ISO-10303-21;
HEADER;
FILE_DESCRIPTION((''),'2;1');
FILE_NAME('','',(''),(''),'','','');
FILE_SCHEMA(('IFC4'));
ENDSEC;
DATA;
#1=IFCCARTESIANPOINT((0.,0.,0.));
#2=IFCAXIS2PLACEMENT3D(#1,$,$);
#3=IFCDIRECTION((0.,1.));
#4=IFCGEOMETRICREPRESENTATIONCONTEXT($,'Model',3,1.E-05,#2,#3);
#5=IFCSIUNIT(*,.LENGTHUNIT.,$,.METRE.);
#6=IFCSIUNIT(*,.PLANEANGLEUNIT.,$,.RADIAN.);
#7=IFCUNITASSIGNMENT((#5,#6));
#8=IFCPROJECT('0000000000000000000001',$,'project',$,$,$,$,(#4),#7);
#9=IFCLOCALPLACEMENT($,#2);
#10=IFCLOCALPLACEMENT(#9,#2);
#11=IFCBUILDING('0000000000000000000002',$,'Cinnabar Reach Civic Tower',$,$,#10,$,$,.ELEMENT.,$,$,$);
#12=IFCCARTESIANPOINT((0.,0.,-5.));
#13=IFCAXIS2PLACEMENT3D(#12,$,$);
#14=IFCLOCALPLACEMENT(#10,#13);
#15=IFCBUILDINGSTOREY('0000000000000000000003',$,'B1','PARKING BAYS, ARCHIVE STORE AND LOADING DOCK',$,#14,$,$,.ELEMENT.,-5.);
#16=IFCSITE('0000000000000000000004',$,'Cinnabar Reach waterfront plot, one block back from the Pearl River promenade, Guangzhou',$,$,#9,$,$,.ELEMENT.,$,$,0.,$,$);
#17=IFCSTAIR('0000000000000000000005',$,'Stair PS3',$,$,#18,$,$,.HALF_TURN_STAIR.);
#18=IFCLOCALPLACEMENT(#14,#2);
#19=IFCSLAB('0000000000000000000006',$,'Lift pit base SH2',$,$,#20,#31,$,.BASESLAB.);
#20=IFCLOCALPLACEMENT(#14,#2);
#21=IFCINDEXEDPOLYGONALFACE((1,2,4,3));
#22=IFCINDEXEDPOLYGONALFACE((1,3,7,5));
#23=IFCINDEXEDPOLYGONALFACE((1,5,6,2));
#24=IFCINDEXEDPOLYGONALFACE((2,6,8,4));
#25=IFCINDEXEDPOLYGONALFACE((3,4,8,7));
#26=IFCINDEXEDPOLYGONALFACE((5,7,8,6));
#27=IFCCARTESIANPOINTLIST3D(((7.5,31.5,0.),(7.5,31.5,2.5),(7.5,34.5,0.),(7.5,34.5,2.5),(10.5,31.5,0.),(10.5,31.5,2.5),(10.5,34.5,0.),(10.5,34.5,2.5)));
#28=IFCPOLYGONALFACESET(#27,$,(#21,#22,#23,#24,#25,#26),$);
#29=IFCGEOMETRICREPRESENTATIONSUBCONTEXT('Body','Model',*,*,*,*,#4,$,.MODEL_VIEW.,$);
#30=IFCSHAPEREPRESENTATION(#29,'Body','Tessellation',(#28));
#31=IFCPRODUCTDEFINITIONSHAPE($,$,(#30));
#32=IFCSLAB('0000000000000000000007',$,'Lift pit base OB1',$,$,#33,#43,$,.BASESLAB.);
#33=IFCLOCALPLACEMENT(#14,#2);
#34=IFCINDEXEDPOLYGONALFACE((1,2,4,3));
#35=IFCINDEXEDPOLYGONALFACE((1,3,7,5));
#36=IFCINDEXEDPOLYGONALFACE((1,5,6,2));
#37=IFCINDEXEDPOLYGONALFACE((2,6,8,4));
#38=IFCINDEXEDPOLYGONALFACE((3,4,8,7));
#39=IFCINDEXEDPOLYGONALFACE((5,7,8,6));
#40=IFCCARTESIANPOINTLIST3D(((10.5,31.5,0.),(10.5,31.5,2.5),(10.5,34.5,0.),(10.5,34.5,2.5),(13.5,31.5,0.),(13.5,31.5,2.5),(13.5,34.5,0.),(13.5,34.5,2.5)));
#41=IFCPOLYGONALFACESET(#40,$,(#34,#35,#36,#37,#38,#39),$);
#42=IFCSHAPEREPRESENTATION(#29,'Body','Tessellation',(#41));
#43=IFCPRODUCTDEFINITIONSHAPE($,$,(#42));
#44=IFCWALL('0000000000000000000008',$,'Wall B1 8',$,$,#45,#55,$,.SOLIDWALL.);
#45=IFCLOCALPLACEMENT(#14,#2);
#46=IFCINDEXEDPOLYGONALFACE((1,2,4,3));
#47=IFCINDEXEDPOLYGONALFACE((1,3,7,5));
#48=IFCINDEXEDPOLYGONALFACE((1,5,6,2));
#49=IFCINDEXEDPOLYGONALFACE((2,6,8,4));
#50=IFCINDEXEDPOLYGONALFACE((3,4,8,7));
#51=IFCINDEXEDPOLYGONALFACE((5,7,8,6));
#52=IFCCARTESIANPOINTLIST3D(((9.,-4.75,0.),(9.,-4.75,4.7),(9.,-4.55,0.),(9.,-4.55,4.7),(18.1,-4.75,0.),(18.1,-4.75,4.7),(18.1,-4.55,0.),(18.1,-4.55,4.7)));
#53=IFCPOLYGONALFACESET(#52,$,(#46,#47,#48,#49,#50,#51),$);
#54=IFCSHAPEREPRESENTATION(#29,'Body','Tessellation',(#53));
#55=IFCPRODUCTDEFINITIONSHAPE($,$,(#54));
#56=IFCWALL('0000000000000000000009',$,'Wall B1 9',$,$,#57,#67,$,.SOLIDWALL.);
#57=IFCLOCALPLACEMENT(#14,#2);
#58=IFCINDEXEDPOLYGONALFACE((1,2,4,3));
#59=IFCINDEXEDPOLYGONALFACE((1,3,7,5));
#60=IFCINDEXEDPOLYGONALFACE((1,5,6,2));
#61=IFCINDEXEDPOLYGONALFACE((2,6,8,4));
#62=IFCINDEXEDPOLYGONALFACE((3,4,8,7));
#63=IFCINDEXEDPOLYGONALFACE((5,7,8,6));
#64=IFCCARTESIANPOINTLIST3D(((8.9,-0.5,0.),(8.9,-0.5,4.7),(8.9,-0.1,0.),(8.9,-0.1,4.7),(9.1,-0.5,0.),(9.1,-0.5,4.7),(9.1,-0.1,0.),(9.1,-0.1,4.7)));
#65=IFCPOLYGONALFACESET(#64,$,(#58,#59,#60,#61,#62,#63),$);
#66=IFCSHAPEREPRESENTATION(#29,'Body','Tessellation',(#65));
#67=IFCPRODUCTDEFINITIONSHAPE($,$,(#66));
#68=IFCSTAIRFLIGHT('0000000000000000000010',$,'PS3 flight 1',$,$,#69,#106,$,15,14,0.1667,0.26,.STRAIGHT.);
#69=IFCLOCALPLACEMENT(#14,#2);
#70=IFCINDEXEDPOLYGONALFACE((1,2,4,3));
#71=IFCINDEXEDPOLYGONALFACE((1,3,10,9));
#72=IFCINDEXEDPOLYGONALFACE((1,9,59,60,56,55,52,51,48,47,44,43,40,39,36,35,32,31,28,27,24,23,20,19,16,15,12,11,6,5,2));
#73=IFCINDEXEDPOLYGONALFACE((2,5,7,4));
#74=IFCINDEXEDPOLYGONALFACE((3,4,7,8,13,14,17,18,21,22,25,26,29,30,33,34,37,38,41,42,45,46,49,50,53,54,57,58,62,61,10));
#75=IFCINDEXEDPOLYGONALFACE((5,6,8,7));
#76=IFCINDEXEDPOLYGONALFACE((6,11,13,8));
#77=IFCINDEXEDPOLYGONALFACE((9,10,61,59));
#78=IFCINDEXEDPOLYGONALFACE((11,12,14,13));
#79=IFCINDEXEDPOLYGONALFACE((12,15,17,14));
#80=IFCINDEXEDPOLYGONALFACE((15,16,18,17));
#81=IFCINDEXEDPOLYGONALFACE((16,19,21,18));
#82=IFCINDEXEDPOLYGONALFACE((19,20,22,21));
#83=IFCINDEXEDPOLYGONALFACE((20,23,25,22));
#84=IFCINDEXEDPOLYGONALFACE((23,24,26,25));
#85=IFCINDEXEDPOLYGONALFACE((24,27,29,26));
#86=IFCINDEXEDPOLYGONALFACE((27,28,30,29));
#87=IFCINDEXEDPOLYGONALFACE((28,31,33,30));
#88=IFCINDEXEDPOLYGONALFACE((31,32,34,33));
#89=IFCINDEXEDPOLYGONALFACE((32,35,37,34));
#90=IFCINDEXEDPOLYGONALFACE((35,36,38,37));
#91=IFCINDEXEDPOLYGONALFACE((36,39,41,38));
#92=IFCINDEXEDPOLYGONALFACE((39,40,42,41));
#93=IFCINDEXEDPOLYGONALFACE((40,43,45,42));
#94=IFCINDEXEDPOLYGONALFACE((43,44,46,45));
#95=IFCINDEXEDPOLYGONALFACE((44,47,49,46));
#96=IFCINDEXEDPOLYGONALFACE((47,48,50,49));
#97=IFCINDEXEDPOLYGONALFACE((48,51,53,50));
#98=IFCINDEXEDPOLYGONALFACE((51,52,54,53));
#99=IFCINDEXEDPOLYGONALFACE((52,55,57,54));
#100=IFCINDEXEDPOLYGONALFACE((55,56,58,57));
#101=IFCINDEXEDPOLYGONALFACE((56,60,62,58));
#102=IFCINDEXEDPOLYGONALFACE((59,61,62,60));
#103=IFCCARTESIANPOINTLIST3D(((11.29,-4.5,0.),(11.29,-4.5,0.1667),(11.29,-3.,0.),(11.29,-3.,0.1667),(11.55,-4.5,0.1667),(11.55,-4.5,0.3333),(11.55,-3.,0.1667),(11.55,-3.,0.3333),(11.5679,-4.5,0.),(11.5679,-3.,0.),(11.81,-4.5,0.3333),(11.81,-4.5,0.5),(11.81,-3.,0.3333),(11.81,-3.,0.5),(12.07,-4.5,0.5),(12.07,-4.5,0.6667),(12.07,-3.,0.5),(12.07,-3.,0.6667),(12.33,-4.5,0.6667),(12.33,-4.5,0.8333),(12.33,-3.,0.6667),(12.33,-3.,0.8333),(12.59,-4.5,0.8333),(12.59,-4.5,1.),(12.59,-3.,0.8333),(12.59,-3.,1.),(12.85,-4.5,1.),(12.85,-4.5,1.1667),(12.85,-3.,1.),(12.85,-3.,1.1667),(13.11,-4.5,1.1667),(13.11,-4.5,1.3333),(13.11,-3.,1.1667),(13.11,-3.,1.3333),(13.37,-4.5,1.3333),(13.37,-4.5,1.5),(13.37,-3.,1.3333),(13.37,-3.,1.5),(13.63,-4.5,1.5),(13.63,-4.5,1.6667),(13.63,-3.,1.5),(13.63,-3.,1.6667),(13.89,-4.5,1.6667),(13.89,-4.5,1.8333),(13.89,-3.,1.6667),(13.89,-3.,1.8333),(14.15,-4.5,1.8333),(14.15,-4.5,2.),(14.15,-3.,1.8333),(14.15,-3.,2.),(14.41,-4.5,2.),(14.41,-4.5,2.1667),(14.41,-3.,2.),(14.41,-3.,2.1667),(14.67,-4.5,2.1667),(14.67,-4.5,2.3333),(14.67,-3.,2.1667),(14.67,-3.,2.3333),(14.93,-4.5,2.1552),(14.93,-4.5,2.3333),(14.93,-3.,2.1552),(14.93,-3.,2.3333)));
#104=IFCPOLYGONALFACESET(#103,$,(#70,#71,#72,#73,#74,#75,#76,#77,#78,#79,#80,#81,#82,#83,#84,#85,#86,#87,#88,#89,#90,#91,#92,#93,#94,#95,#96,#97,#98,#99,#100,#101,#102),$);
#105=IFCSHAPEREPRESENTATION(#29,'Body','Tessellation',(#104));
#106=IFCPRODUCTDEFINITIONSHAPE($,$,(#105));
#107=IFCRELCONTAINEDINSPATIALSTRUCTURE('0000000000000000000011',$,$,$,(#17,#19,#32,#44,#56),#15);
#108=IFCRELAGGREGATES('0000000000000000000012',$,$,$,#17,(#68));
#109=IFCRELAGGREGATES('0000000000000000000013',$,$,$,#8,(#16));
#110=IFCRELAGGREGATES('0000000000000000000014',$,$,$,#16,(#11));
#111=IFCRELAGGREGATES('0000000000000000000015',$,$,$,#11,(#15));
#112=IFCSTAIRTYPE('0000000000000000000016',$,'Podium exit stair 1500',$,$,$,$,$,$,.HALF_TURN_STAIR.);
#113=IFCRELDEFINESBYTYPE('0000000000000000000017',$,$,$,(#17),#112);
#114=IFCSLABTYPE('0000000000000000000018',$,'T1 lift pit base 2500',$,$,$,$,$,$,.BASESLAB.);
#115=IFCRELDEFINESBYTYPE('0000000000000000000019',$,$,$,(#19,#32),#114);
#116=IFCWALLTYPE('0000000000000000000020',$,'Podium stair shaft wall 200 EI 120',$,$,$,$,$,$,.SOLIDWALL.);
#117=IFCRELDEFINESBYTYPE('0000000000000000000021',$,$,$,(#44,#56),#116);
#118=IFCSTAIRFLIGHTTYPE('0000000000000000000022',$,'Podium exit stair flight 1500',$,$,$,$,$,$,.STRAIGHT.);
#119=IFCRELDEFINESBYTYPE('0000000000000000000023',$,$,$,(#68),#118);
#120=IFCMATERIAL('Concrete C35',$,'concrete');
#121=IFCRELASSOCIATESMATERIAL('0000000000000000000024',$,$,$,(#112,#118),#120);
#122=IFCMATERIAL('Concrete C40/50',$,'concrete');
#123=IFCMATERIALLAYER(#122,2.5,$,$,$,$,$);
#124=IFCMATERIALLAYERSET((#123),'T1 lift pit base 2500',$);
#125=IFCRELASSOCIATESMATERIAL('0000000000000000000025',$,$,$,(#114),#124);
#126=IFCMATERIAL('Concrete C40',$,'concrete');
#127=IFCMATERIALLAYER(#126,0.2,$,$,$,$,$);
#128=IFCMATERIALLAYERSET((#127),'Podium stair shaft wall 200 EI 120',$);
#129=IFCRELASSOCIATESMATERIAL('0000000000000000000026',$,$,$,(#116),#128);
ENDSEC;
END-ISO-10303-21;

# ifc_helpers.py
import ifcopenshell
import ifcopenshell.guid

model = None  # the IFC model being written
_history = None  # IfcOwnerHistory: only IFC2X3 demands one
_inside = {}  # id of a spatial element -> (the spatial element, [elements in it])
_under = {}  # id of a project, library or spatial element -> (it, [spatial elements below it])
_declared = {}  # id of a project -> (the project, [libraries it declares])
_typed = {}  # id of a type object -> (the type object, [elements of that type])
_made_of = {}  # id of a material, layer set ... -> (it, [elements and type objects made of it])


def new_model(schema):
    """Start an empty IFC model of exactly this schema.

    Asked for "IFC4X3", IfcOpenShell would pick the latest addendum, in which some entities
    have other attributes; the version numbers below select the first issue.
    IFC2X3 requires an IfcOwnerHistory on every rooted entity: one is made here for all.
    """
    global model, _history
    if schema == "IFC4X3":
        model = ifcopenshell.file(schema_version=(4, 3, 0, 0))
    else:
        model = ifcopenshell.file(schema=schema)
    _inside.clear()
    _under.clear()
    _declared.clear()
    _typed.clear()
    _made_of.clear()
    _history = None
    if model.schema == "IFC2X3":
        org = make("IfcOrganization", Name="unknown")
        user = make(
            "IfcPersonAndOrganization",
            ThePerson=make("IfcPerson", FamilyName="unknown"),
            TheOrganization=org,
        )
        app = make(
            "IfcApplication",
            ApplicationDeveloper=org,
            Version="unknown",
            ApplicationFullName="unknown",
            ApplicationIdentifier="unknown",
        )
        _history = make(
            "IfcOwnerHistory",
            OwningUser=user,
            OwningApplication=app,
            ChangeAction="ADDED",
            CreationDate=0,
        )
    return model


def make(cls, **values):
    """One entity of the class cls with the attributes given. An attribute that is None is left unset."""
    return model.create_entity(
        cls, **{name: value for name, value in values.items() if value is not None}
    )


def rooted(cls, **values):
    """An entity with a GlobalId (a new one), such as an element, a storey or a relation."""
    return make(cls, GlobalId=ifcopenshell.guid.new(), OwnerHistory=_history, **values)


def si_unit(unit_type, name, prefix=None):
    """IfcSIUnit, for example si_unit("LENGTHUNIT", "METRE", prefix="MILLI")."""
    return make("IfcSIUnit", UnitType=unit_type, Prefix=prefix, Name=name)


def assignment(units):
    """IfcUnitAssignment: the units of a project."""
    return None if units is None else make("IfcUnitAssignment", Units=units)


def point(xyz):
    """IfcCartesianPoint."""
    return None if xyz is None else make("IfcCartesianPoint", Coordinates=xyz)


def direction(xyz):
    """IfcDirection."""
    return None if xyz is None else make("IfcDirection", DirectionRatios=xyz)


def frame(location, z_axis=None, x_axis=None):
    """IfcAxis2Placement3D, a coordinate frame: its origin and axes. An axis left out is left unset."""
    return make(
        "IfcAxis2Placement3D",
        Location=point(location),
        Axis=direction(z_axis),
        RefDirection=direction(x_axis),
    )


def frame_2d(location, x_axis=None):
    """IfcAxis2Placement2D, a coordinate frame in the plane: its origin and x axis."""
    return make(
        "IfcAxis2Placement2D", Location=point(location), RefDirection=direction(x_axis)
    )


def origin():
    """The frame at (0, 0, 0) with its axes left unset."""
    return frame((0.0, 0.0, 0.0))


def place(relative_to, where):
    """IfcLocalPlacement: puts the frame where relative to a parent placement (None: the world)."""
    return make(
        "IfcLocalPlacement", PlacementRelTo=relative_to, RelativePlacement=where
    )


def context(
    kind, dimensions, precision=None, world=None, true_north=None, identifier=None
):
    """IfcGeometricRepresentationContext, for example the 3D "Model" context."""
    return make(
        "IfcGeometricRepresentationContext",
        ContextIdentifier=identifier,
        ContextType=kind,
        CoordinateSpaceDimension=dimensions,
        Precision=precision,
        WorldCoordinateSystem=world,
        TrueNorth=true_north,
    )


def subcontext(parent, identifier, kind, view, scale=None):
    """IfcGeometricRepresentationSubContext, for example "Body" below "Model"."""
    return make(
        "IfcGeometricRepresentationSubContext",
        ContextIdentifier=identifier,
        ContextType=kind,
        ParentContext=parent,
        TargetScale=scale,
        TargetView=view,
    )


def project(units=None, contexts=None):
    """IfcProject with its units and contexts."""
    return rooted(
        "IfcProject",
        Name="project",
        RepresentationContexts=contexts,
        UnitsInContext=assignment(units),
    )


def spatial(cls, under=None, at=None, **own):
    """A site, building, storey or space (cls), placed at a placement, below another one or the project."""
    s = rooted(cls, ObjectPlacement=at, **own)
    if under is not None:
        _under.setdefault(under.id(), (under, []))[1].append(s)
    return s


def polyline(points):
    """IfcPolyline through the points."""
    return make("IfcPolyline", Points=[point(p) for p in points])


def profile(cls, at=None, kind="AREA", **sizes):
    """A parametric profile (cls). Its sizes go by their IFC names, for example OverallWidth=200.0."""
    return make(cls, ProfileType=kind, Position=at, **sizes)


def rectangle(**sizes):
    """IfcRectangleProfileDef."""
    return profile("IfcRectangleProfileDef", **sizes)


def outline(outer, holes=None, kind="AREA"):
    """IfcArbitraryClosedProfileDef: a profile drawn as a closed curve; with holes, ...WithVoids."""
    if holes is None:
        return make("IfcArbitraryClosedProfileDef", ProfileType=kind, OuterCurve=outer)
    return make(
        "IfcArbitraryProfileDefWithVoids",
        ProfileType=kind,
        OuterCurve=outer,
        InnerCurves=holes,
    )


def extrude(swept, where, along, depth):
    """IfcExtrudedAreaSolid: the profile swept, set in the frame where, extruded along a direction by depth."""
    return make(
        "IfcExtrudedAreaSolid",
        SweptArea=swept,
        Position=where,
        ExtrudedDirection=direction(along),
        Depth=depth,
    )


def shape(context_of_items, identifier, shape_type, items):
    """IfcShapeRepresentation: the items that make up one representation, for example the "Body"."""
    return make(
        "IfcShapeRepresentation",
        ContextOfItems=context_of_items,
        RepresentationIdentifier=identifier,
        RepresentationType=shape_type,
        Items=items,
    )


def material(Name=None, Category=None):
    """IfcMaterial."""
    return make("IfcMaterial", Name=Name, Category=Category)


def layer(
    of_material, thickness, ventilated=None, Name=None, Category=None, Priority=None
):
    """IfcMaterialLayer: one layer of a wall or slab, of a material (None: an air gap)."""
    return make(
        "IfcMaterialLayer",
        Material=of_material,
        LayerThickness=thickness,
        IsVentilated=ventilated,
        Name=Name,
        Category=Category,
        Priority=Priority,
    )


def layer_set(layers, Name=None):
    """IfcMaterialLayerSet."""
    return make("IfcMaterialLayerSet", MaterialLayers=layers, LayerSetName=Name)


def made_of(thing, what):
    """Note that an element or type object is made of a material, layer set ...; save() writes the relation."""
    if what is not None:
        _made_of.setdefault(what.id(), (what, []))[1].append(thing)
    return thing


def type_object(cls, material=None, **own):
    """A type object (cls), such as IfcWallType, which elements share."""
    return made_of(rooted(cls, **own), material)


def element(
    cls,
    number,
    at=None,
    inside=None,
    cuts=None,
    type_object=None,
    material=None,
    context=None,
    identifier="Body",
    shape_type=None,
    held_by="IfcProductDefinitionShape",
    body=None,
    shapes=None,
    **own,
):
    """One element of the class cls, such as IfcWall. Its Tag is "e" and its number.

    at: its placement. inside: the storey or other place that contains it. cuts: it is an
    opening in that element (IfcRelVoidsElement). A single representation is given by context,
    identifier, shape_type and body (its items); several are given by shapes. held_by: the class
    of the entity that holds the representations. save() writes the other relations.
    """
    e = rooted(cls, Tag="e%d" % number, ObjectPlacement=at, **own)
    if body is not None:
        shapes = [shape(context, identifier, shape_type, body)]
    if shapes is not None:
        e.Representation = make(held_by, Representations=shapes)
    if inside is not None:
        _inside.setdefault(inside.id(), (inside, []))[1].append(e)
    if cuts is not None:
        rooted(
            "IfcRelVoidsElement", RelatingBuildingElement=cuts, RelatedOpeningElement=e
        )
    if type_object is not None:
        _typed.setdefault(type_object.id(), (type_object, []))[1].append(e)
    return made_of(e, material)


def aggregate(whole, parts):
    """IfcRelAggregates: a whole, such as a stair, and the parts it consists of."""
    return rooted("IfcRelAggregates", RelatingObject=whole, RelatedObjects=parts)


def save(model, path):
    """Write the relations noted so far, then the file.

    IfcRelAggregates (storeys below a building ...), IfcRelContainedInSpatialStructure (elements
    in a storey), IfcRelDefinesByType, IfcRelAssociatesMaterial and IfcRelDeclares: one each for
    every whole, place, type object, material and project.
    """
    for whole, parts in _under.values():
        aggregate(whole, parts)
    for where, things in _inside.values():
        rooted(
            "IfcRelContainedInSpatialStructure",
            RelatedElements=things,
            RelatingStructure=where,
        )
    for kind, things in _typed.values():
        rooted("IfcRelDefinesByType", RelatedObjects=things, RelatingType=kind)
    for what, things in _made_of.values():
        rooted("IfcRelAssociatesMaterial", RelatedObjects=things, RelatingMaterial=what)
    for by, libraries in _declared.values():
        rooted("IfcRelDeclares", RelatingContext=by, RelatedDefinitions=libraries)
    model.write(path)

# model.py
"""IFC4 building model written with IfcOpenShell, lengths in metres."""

from ifc_helpers import new_model, si_unit, direction, frame, frame_2d, origin, place, context, subcontext, project, spatial, polyline, rectangle, outline, extrude, material, layer, layer_set, type_object, element, aggregate, save


model = new_model("IFC4")

# Units and contexts
model_context = context("Model", 3, precision=1e-05, world=origin(), true_north=direction((0.0, 1.0)))
body_context = subcontext(model_context, "Body", "Model", "MODEL_VIEW")
ifc_project = project(units=[si_unit("LENGTHUNIT", "METRE"), si_unit("PLANEANGLEUNIT", "RADIAN")], contexts=[model_context])

# Site, building, storey
site_placement = place(None, origin())
site = spatial("IfcSite", under=ifc_project, at=site_placement, Name="Cinnabar Reach waterfront plot, one block back from the Pearl River promenade, Guangzhou", CompositionType="ELEMENT", RefElevation=0.0)
building_placement = place(site_placement, origin())
building = spatial("IfcBuilding", under=site, at=building_placement, Name="Cinnabar Reach Civic Tower", CompositionType="ELEMENT")
storey_placement = place(building_placement, frame((0.0, 0.0, -5.0)))
storey = spatial("IfcBuildingStorey", under=building, at=storey_placement, Name="B1", Description="PARKING BAYS, ARCHIVE STORE AND LOADING DOCK", CompositionType="ELEMENT", Elevation=-5.0)

# Shared definitions
ifc_material_1 = material(Name="Concrete C40", Category="concrete")

# Stair
ifc_material_2 = material(Name="Concrete C35", Category="concrete")
stair_type = type_object("IfcStairType", Name="Podium exit stair 1500", PredefinedType="HALF_TURN_STAIR", material=ifc_material_2)
stair_1_placement = place(storey_placement, origin())
stair_1 = element("IfcStair", 1, at=stair_1_placement, inside=storey, type_object=stair_type, Name="Stair PS3", PredefinedType="HALF_TURN_STAIR")

# Slabs
ifc_material_3 = material(Name="Concrete C40/50", Category="concrete")
ifc_layer_1 = layer(ifc_material_3, 2.5)
ifc_layer_set_1 = layer_set([ifc_layer_1], Name="T1 lift pit base 2500")
slab_type_1 = type_object("IfcSlabType", Name="T1 lift pit base 2500", PredefinedType="BASESLAB", material=ifc_layer_set_1)
slab_1_placement = place(storey_placement, origin())
element("IfcSlab", 2, at=slab_1_placement, inside=storey, type_object=slab_type_1, Name="Lift pit base SH2", PredefinedType="BASESLAB", context=body_context, shape_type="SweptSolid", body=[
    extrude(outline(polyline([(7.5, 31.5), (7.5, 34.5), (10.5, 34.5), (10.5, 31.5), (7.5, 31.5)])), origin(), (0.0, 0.0, 1.0), 2.5),
])
slab_2_placement = place(storey_placement, origin())
element("IfcSlab", 3, at=slab_2_placement, inside=storey, type_object=slab_type_1, Name="Lift pit base OB1", PredefinedType="BASESLAB", context=body_context, shape_type="SweptSolid", body=[
    extrude(outline(polyline([(10.5, 31.5), (10.5, 34.5), (13.5, 34.5), (13.5, 31.5), (10.5, 31.5)])), origin(), (0.0, 0.0, 1.0), 2.5),
])

# Walls
ifc_layer_2 = layer(ifc_material_1, 0.2)
ifc_layer_set_2 = layer_set([ifc_layer_2], Name="Podium stair shaft wall 200 EI 120")
wall_type = type_object("IfcWallType", Name="Podium stair shaft wall 200 EI 120", PredefinedType="SOLIDWALL", material=ifc_layer_set_2)
wall_1_placement = place(storey_placement, frame((9.0, -4.65, 0.0), z_axis=(0.0, 0.0, 1.0), x_axis=(1.0, 0.0, 0.0)))
element("IfcWall", 4, at=wall_1_placement, inside=storey, type_object=wall_type, Name="Wall B1 8", PredefinedType="SOLIDWALL", context=body_context, shape_type="SweptSolid", body=[
    extrude(rectangle(XDim=9.1, YDim=0.2, at=frame_2d((4.55, 0.0))), origin(), (0.0, 0.0, 1.0), 4.7),
])
wall_2_placement = place(storey_placement, frame((9.0, -0.5, 0.0), z_axis=(0.0, 0.0, 1.0), x_axis=(0.0, 1.0, 0.0)))
element("IfcWall", 5, at=wall_2_placement, inside=storey, type_object=wall_type, Name="Wall B1 9", PredefinedType="SOLIDWALL", context=body_context, shape_type="SweptSolid", body=[
    extrude(rectangle(XDim=0.4, YDim=0.2, at=frame_2d((0.2, 0.0))), origin(), (0.0, 0.0, 1.0), 4.7),
])

# Stair flight
stair_flight_type = type_object("IfcStairFlightType", Name="Podium exit stair flight 1500", PredefinedType="STRAIGHT", material=ifc_material_2)
stair_flight_placement = place(storey_placement, frame((11.29, -3.75, 0.0), z_axis=(0.0, 0.0, 1.0), x_axis=(1.0, 0.0, 0.0)))
stair_flight = element("IfcStairFlight", 6, at=stair_flight_placement, type_object=stair_flight_type, Name="PS3 flight 1", NumberOfRisers=15, NumberOfTreads=14, PredefinedType="STRAIGHT", RiserHeight=0.1667, TreadLength=0.26, context=body_context, shape_type="SweptSolid", body=[
    extrude(outline(polyline([(0.0, 0.0), (0.0, 0.1667), (0.26, 0.1667), (0.26, 0.3333), (0.52, 0.3333), (0.52, 0.5), (0.78, 0.5), (0.78, 0.6667), (1.04, 0.6667), (1.04, 0.8333), (1.3, 0.8333), (1.3, 1.0), (1.56, 1.0), (1.56, 1.1667), (1.82, 1.1667), (1.82, 1.3333), (2.08, 1.3333), (2.08, 1.5), (2.34, 1.5), (2.34, 1.6667), (2.6, 1.6667), (2.6, 1.8333), (2.86, 1.8333), (2.86, 2.0), (3.12, 2.0), (3.12, 2.1667), (3.38, 2.1667), (3.38, 2.3333), (3.64, 2.3333), (3.64, 2.5), (3.64, 2.1552), (0.2779, 0.0), (0.0, 0.0)])), frame((0.0, 0.75, 0.0), z_axis=(0.0, -1.0, 0.0), x_axis=(1.0, 0.0, 0.0)), (0.0, 0.0, 1.0), 1.5),
])
aggregate(stair_1, [stair_flight])

save(model, "model.ifc")
